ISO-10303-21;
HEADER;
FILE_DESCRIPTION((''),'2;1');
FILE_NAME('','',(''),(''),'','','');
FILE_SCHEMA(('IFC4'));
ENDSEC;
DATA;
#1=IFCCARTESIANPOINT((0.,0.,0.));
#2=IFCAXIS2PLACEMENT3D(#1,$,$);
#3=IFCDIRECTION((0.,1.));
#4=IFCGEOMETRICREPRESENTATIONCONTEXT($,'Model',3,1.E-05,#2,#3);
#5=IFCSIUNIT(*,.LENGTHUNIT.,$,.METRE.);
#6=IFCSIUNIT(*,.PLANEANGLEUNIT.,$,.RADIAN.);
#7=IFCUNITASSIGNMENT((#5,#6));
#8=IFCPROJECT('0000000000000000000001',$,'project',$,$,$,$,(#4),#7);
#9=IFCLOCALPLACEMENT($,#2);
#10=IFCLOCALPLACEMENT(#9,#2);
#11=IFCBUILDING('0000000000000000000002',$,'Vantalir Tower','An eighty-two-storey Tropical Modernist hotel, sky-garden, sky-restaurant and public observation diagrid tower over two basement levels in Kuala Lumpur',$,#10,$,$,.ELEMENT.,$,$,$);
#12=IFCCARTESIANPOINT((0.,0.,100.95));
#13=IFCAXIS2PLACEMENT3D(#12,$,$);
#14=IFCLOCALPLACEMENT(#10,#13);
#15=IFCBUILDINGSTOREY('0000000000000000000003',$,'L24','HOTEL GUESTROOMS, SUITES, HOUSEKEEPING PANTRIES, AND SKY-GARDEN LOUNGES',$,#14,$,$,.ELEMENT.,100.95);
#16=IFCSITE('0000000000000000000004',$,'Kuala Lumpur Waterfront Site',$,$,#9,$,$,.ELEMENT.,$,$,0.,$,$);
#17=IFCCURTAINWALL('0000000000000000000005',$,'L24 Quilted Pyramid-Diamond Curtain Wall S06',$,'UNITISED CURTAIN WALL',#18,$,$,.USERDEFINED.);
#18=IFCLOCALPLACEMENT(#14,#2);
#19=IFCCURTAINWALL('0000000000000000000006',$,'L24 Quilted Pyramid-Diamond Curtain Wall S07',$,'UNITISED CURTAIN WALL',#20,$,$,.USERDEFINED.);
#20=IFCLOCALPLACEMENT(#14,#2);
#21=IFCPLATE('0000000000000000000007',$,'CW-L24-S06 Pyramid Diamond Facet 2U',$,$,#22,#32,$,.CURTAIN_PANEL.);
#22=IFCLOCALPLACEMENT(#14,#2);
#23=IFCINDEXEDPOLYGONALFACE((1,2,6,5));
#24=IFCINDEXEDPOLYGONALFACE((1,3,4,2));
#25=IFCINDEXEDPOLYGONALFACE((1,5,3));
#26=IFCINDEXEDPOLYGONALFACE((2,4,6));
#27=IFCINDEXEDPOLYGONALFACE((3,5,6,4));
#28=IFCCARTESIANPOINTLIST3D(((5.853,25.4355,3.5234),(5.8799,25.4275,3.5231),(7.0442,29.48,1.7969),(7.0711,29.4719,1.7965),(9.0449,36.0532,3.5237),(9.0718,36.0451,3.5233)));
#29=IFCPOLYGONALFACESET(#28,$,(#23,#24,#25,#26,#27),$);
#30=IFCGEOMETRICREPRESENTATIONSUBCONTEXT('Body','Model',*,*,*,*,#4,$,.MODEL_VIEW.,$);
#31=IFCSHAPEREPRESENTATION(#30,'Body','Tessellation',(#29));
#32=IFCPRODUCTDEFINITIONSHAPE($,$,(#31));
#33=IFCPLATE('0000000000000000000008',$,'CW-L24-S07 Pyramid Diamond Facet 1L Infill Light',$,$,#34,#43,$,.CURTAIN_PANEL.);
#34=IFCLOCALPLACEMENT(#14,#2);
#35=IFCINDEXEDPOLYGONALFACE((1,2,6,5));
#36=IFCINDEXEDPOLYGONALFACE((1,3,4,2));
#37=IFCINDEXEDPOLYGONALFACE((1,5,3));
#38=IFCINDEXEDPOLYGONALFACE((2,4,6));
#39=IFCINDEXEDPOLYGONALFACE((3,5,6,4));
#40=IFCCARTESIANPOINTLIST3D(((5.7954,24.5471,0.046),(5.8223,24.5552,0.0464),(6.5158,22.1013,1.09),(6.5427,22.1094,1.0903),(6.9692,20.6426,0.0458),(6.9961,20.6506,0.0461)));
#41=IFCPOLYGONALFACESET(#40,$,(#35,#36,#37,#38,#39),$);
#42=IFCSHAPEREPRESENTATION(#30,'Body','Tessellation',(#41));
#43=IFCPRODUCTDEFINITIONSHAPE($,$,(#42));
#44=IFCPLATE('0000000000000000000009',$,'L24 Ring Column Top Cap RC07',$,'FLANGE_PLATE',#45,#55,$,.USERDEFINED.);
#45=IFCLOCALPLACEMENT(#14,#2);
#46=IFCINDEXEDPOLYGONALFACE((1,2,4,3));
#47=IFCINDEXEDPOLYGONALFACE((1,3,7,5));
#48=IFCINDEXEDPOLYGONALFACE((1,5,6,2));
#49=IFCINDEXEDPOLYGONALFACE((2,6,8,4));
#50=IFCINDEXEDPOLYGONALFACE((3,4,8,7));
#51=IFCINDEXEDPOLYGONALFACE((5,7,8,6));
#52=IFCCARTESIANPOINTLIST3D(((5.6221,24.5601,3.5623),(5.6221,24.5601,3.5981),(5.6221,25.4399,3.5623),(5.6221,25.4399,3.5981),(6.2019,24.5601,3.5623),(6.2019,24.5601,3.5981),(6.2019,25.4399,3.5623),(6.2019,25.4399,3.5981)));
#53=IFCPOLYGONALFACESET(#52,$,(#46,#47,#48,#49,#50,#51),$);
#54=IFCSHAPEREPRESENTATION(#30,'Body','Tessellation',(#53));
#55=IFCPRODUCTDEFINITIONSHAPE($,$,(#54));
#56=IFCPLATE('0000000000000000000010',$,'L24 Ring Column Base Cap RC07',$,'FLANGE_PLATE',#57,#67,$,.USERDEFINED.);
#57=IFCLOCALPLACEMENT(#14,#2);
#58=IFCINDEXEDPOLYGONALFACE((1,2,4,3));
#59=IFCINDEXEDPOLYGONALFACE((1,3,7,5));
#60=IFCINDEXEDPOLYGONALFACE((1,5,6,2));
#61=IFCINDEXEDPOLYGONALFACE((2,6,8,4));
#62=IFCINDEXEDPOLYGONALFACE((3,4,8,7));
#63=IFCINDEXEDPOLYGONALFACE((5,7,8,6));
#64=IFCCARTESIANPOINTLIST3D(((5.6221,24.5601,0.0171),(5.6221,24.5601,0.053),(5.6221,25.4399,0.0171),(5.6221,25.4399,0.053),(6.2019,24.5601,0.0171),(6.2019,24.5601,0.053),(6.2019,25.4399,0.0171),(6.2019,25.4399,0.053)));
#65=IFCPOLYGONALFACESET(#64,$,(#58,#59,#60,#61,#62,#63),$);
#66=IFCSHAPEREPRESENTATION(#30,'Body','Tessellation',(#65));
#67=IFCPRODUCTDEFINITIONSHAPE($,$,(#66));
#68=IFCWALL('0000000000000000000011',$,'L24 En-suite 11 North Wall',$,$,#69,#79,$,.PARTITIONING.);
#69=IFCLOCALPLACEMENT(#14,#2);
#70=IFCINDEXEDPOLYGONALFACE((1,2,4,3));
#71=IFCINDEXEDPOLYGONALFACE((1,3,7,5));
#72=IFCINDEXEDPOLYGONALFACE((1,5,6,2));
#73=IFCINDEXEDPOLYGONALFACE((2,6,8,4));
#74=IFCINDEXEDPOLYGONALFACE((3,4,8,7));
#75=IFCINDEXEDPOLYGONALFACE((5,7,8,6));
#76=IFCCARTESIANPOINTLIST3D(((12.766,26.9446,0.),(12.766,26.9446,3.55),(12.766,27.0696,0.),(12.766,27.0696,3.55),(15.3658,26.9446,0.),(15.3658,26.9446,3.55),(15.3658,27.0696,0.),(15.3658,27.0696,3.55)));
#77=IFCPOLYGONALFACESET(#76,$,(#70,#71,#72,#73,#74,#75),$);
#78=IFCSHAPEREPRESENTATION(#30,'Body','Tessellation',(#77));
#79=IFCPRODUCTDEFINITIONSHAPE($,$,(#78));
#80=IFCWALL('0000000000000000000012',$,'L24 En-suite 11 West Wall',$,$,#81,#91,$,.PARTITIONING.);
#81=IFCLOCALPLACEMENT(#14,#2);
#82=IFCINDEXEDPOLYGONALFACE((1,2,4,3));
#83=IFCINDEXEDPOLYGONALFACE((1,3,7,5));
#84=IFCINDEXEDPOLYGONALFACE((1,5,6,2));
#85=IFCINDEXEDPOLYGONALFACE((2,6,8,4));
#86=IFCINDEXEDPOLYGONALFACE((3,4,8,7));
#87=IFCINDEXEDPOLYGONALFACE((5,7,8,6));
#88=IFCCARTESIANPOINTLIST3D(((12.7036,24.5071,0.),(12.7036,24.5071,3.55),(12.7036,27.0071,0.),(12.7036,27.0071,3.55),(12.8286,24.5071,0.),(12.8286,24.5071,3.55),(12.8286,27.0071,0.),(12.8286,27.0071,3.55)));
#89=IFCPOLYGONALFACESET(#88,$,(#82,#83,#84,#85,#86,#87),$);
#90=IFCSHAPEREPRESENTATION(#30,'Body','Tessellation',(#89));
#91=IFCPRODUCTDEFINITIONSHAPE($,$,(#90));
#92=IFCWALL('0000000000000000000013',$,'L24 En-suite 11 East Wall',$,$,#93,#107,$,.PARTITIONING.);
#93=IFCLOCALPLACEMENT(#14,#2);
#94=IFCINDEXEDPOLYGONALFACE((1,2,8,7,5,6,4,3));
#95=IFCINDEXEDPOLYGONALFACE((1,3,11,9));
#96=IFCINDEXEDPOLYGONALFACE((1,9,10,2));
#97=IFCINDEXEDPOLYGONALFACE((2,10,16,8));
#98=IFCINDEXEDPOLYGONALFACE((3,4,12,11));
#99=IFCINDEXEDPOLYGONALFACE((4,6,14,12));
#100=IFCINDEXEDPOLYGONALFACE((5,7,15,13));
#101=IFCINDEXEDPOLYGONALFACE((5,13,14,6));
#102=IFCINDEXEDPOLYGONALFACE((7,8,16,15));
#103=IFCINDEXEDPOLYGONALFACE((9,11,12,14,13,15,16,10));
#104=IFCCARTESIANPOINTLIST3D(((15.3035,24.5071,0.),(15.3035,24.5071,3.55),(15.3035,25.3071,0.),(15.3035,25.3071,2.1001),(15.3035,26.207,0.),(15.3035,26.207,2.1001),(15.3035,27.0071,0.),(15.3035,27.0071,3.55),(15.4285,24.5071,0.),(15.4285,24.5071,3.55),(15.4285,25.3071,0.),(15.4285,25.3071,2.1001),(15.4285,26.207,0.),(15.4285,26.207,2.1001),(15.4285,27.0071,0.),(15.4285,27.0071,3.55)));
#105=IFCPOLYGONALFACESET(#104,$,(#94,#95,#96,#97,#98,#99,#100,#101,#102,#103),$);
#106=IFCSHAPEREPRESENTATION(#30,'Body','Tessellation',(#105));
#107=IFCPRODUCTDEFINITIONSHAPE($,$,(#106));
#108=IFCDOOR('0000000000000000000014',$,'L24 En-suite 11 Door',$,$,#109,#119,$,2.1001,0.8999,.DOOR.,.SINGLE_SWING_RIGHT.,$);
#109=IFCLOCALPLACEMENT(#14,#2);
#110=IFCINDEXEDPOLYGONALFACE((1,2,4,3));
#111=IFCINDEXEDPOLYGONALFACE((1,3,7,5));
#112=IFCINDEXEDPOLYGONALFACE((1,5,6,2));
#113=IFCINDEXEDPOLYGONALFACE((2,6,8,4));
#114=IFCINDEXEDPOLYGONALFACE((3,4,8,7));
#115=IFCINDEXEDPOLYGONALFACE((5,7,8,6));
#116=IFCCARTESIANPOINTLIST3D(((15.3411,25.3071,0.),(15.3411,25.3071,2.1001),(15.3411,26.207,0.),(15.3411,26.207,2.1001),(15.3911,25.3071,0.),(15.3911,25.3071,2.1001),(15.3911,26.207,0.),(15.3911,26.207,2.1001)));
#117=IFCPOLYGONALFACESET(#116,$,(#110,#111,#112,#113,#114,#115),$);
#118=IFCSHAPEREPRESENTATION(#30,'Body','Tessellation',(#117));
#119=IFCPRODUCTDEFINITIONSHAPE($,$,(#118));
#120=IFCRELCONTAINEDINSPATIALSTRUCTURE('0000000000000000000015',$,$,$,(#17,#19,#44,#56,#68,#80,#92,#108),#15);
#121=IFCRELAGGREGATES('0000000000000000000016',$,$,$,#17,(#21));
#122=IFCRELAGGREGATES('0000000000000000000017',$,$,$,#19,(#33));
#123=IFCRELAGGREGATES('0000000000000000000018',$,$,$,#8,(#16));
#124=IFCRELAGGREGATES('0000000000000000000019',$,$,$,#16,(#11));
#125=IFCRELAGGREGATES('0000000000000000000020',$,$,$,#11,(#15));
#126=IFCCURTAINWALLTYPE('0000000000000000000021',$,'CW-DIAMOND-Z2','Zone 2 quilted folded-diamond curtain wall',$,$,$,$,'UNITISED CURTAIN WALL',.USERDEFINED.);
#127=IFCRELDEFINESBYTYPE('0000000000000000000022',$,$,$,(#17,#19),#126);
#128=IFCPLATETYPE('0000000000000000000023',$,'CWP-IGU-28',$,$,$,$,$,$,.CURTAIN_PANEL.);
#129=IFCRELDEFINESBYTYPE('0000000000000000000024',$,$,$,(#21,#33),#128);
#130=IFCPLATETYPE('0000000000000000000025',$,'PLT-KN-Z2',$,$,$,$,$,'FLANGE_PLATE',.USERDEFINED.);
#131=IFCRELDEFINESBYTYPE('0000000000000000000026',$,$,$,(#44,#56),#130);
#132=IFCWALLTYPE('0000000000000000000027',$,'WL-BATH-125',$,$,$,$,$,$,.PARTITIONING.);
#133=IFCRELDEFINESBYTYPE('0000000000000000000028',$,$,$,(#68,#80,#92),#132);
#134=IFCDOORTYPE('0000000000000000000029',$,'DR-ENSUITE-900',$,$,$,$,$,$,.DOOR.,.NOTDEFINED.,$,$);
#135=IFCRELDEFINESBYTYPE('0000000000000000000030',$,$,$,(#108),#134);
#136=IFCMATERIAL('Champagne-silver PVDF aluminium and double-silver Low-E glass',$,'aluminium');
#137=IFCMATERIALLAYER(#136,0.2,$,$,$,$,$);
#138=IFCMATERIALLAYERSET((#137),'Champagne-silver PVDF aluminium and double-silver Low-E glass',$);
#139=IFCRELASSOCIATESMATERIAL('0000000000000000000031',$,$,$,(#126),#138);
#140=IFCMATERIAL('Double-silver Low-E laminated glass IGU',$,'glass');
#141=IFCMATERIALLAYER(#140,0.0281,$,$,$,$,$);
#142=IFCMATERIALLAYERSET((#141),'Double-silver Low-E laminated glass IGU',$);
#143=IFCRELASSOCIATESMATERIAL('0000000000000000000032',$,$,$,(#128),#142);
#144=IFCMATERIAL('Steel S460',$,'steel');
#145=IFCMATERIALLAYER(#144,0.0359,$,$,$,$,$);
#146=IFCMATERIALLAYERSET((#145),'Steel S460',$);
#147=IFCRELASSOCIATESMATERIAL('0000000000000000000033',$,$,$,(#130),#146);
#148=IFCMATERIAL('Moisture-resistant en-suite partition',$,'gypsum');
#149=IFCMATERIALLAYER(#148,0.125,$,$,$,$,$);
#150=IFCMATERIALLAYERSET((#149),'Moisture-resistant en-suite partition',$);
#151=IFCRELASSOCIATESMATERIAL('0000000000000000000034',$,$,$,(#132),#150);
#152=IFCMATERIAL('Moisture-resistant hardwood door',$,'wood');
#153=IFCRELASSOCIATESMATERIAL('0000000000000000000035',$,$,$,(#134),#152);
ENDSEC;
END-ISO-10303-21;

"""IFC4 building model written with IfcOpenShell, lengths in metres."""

from ifc_helpers import new_model, si_unit, direction, frame, frame_2d, origin, place, context, subcontext, project, spatial, polyline, rectangle, outline, extrude, material, layer, layer_set, type_object, element, fill, aggregate, save


model = new_model("IFC4")

# Units and contexts
model_context = context("Model", 3, precision=1e-05, world=origin(), true_north=direction((0.0, 1.0)))
body_context = subcontext(model_context, "Body", "Model", "MODEL_VIEW")
ifc_project = project(units=[si_unit("LENGTHUNIT", "METRE"), si_unit("PLANEANGLEUNIT", "RADIAN")], contexts=[model_context])

# Site, building, storey
site_placement = place(None, origin())
site = spatial("IfcSite", under=ifc_project, at=site_placement, Name="Kuala Lumpur Waterfront Site", CompositionType="ELEMENT", RefElevation=0.0)
building_placement = place(site_placement, origin())
building = spatial("IfcBuilding", under=site, at=building_placement, Name="Vantalir Tower", Description="An eighty-two-storey Tropical Modernist hotel, sky-garden, sky-restaurant and public observation diagrid tower over two basement levels in Kuala Lumpur", CompositionType="ELEMENT")
storey_placement = place(building_placement, frame((0.0, 0.0, 100.95)))
storey = spatial("IfcBuildingStorey", under=building, at=storey_placement, Name="L24", Description="HOTEL GUESTROOMS, SUITES, HOUSEKEEPING PANTRIES, AND SKY-GARDEN LOUNGES", CompositionType="ELEMENT", Elevation=100.95)

# Shared definitions
ifc_material_1 = material(Name="Steel S460", Category="steel")

# Curtain wall
ifc_material_2 = material(Name="Champagne-silver PVDF aluminium and double-silver Low-E glass", Category="aluminium")
ifc_layer_1 = layer(ifc_material_2, 0.2)
ifc_layer_set_1 = layer_set([ifc_layer_1], Name="Champagne-silver PVDF aluminium and double-silver Low-E glass")
curtain_wall_type = type_object("IfcCurtainWallType", Name="CW-DIAMOND-Z2", Description="Zone 2 quilted folded-diamond curtain wall", ElementType="UNITISED CURTAIN WALL", PredefinedType="USERDEFINED", material=ifc_layer_set_1)
curtain_wall_1_placement = place(storey_placement, origin())
curtain_wall_1 = element("IfcCurtainWall", 1, at=curtain_wall_1_placement, inside=storey, type_object=curtain_wall_type, Name="L24 Quilted Pyramid-Diamond Curtain Wall S06", ObjectType="UNITISED CURTAIN WALL", PredefinedType="USERDEFINED")

# Curtain wall
curtain_wall_2_placement = place(storey_placement, origin())
curtain_wall_2 = element("IfcCurtainWall", 2, at=curtain_wall_2_placement, inside=storey, type_object=curtain_wall_type, Name="L24 Quilted Pyramid-Diamond Curtain Wall S07", ObjectType="UNITISED CURTAIN WALL", PredefinedType="USERDEFINED")

# Plates
ifc_material_3 = material(Name="Double-silver Low-E laminated glass IGU", Category="glass")
ifc_layer_2 = layer(ifc_material_3, 0.0281)
ifc_layer_set_2 = layer_set([ifc_layer_2], Name="Double-silver Low-E laminated glass IGU")
plate_type_1 = type_object("IfcPlateType", Name="CWP-IGU-28", PredefinedType="CURTAIN_PANEL", material=ifc_layer_set_2)
plate_1_placement = place(storey_placement, frame((5.853, 25.4355, 3.5234), z_axis=(-0.957573, 0.287866, 0.013686), x_axis=(0.287893, 0.957662, 0.000022)))
plate_1 = element("IfcPlate", 3, at=plate_1_placement, type_object=plate_type_1, Name="CW-L24-S06 Pyramid Diamond Facet 2U", PredefinedType="CURTAIN_PANEL", context=body_context, shape_type="SweptSolid", body=[
    extrude(outline(polyline([(0.0, 0.0), (11.0871, 0.0), (4.2161, 1.7268), (0.0, 0.0)])), origin(), (0.0, 0.0, -1.0), 0.0281),
])
aggregate(curtain_wall_1, [plate_1])
plate_2_placement = place(storey_placement, frame((5.8223, 24.5552, 0.0464), z_axis=(0.957571, 0.287875, 0.013597), x_axis=(0.287903, -0.95766, -0.00006)))
plate_2 = element("IfcPlate", 4, at=plate_2_placement, type_object=plate_type_1, Name="CW-L24-S07 Pyramid Diamond Facet 1L Infill Light", PredefinedType="CURTAIN_PANEL", context=body_context, shape_type="SweptSolid", body=[
    extrude(outline(polyline([(0.0, 0.0), (4.0772, 0.0), (2.5496, -1.0442), (0.0, 0.0)])), origin(), (0.0, 0.0, -1.0), 0.0281),
])
aggregate(curtain_wall_2, [plate_2])

# Plates
ifc_layer_3 = layer(ifc_material_1, 0.0359)
ifc_layer_set_3 = layer_set([ifc_layer_3], Name="Steel S460")
plate_type_2 = type_object("IfcPlateType", Name="PLT-KN-Z2", ElementType="FLANGE_PLATE", PredefinedType="USERDEFINED", material=ifc_layer_set_3)
for number, where, z_axis, x_axis, name in (
    (5, (5.6221, 25.4399, 3.5981), (0.0, 0.0, 1.0), (0.0, -1.0, 0.0), "L24 Ring Column Top Cap RC07"),
    (6, (5.6221, 25.4399, 0.053), (0.0, 0.0, 1.0), (0.0, -1.0, 0.0), "L24 Ring Column Base Cap RC07"),
):
    element("IfcPlate", number, at=place(storey_placement, frame(where, z_axis=z_axis, x_axis=x_axis)), inside=storey, type_object=plate_type_2, Name=name, ObjectType="FLANGE_PLATE", PredefinedType="USERDEFINED", context=body_context, shape_type="SweptSolid", body=[
        extrude(outline(polyline([(0.0, 0.0), (0.8799, 0.0), (0.8799, 0.5798), (0.0, 0.5798), (0.0, 0.0)])), origin(), (0.0, 0.0, -1.0), 0.0359),
    ])

# Walls
ifc_material_4 = material(Name="Moisture-resistant en-suite partition", Category="gypsum")
ifc_layer_4 = layer(ifc_material_4, 0.125)
ifc_layer_set_4 = layer_set([ifc_layer_4], Name="Moisture-resistant en-suite partition")
wall_type_1 = type_object("IfcWallType", Name="WL-BATH-125", PredefinedType="PARTITIONING", material=ifc_layer_set_4)
wall_1_placement = place(storey_placement, frame((12.7661, 27.0071, 0.0), z_axis=(0.0, 0.0, 1.0), x_axis=(1.0, 0.0, 0.0)))
element("IfcWall", 7, at=wall_1_placement, inside=storey, type_object=wall_type_1, Name="L24 En-suite 11 North Wall", PredefinedType="PARTITIONING", context=body_context, shape_type="SweptSolid", body=[
    extrude(rectangle(XDim=2.5999, YDim=0.125, at=frame_2d((1.2998, 0.0))), origin(), (0.0, 0.0, 1.0), 3.55),
])
wall_2_placement = place(storey_placement, frame((12.7661, 24.5071, 0.0), z_axis=(0.0, 0.0, 1.0), x_axis=(0.0, 1.0, 0.0)))
element("IfcWall", 8, at=wall_2_placement, inside=storey, type_object=wall_type_1, Name="L24 En-suite 11 West Wall", PredefinedType="PARTITIONING", context=body_context, shape_type="SweptSolid", body=[
    extrude(rectangle(XDim=2.5, YDim=0.125, at=frame_2d((1.25, 0.0))), origin(), (0.0, 0.0, 1.0), 3.55),
])

# Wall, opening, door
wall_3_placement = place(storey_placement, frame((15.366, 24.5071, 0.0), z_axis=(0.0, 0.0, 1.0), x_axis=(0.0, 1.0, 0.0)))
wall_3 = element("IfcWall", 9, at=wall_3_placement, inside=storey, type_object=wall_type_1, Name="L24 En-suite 11 East Wall", PredefinedType="PARTITIONING", context=body_context, shape_type="SweptSolid", body=[
    extrude(rectangle(XDim=2.5, YDim=0.125, at=frame_2d((1.25, 0.0))), origin(), (0.0, 0.0, 1.0), 3.55),
])
opening_1_placement = place(wall_3_placement, frame((0.8, 0.0, 0.0)))
opening_1 = element("IfcOpeningElement", 10, at=opening_1_placement, cuts=wall_3, PredefinedType="OPENING", context=body_context, shape_type="SweptSolid", body=[
    extrude(rectangle(XDim=0.8999, YDim=2.1001, at=frame_2d((0.45, 1.05))), frame((0.0, 0.0725, 0.0), z_axis=(0.0, -1.0, 0.0), x_axis=(1.0, 0.0, 0.0)), (0.0, 0.0, 1.0), 0.145),
])
ifc_material_5 = material(Name="Moisture-resistant hardwood door", Category="wood")
door_type_1 = type_object("IfcDoorType", Name="DR-ENSUITE-900", OperationType="NOTDEFINED", PredefinedType="DOOR", material=ifc_material_5)
door_1_placement = place(opening_1_placement, origin())
door_1 = element("IfcDoor", 11, at=door_1_placement, inside=storey, type_object=door_type_1, Name="L24 En-suite 11 Door", OperationType="SINGLE_SWING_RIGHT", OverallHeight=2.1001, OverallWidth=0.8999, PredefinedType="DOOR", context=body_context, shape_type="SweptSolid", body=[
    extrude(rectangle(XDim=0.8999, YDim=2.1001, at=frame_2d((0.45, 1.05))), frame((0.0, 0.0249, 0.0), z_axis=(0.0, -1.0, 0.0), x_axis=(1.0, 0.0, 0.0)), (0.0, 0.0, 1.0), 0.05),
])
fill(opening_1, door_1)

save(model, "model.ifc")
